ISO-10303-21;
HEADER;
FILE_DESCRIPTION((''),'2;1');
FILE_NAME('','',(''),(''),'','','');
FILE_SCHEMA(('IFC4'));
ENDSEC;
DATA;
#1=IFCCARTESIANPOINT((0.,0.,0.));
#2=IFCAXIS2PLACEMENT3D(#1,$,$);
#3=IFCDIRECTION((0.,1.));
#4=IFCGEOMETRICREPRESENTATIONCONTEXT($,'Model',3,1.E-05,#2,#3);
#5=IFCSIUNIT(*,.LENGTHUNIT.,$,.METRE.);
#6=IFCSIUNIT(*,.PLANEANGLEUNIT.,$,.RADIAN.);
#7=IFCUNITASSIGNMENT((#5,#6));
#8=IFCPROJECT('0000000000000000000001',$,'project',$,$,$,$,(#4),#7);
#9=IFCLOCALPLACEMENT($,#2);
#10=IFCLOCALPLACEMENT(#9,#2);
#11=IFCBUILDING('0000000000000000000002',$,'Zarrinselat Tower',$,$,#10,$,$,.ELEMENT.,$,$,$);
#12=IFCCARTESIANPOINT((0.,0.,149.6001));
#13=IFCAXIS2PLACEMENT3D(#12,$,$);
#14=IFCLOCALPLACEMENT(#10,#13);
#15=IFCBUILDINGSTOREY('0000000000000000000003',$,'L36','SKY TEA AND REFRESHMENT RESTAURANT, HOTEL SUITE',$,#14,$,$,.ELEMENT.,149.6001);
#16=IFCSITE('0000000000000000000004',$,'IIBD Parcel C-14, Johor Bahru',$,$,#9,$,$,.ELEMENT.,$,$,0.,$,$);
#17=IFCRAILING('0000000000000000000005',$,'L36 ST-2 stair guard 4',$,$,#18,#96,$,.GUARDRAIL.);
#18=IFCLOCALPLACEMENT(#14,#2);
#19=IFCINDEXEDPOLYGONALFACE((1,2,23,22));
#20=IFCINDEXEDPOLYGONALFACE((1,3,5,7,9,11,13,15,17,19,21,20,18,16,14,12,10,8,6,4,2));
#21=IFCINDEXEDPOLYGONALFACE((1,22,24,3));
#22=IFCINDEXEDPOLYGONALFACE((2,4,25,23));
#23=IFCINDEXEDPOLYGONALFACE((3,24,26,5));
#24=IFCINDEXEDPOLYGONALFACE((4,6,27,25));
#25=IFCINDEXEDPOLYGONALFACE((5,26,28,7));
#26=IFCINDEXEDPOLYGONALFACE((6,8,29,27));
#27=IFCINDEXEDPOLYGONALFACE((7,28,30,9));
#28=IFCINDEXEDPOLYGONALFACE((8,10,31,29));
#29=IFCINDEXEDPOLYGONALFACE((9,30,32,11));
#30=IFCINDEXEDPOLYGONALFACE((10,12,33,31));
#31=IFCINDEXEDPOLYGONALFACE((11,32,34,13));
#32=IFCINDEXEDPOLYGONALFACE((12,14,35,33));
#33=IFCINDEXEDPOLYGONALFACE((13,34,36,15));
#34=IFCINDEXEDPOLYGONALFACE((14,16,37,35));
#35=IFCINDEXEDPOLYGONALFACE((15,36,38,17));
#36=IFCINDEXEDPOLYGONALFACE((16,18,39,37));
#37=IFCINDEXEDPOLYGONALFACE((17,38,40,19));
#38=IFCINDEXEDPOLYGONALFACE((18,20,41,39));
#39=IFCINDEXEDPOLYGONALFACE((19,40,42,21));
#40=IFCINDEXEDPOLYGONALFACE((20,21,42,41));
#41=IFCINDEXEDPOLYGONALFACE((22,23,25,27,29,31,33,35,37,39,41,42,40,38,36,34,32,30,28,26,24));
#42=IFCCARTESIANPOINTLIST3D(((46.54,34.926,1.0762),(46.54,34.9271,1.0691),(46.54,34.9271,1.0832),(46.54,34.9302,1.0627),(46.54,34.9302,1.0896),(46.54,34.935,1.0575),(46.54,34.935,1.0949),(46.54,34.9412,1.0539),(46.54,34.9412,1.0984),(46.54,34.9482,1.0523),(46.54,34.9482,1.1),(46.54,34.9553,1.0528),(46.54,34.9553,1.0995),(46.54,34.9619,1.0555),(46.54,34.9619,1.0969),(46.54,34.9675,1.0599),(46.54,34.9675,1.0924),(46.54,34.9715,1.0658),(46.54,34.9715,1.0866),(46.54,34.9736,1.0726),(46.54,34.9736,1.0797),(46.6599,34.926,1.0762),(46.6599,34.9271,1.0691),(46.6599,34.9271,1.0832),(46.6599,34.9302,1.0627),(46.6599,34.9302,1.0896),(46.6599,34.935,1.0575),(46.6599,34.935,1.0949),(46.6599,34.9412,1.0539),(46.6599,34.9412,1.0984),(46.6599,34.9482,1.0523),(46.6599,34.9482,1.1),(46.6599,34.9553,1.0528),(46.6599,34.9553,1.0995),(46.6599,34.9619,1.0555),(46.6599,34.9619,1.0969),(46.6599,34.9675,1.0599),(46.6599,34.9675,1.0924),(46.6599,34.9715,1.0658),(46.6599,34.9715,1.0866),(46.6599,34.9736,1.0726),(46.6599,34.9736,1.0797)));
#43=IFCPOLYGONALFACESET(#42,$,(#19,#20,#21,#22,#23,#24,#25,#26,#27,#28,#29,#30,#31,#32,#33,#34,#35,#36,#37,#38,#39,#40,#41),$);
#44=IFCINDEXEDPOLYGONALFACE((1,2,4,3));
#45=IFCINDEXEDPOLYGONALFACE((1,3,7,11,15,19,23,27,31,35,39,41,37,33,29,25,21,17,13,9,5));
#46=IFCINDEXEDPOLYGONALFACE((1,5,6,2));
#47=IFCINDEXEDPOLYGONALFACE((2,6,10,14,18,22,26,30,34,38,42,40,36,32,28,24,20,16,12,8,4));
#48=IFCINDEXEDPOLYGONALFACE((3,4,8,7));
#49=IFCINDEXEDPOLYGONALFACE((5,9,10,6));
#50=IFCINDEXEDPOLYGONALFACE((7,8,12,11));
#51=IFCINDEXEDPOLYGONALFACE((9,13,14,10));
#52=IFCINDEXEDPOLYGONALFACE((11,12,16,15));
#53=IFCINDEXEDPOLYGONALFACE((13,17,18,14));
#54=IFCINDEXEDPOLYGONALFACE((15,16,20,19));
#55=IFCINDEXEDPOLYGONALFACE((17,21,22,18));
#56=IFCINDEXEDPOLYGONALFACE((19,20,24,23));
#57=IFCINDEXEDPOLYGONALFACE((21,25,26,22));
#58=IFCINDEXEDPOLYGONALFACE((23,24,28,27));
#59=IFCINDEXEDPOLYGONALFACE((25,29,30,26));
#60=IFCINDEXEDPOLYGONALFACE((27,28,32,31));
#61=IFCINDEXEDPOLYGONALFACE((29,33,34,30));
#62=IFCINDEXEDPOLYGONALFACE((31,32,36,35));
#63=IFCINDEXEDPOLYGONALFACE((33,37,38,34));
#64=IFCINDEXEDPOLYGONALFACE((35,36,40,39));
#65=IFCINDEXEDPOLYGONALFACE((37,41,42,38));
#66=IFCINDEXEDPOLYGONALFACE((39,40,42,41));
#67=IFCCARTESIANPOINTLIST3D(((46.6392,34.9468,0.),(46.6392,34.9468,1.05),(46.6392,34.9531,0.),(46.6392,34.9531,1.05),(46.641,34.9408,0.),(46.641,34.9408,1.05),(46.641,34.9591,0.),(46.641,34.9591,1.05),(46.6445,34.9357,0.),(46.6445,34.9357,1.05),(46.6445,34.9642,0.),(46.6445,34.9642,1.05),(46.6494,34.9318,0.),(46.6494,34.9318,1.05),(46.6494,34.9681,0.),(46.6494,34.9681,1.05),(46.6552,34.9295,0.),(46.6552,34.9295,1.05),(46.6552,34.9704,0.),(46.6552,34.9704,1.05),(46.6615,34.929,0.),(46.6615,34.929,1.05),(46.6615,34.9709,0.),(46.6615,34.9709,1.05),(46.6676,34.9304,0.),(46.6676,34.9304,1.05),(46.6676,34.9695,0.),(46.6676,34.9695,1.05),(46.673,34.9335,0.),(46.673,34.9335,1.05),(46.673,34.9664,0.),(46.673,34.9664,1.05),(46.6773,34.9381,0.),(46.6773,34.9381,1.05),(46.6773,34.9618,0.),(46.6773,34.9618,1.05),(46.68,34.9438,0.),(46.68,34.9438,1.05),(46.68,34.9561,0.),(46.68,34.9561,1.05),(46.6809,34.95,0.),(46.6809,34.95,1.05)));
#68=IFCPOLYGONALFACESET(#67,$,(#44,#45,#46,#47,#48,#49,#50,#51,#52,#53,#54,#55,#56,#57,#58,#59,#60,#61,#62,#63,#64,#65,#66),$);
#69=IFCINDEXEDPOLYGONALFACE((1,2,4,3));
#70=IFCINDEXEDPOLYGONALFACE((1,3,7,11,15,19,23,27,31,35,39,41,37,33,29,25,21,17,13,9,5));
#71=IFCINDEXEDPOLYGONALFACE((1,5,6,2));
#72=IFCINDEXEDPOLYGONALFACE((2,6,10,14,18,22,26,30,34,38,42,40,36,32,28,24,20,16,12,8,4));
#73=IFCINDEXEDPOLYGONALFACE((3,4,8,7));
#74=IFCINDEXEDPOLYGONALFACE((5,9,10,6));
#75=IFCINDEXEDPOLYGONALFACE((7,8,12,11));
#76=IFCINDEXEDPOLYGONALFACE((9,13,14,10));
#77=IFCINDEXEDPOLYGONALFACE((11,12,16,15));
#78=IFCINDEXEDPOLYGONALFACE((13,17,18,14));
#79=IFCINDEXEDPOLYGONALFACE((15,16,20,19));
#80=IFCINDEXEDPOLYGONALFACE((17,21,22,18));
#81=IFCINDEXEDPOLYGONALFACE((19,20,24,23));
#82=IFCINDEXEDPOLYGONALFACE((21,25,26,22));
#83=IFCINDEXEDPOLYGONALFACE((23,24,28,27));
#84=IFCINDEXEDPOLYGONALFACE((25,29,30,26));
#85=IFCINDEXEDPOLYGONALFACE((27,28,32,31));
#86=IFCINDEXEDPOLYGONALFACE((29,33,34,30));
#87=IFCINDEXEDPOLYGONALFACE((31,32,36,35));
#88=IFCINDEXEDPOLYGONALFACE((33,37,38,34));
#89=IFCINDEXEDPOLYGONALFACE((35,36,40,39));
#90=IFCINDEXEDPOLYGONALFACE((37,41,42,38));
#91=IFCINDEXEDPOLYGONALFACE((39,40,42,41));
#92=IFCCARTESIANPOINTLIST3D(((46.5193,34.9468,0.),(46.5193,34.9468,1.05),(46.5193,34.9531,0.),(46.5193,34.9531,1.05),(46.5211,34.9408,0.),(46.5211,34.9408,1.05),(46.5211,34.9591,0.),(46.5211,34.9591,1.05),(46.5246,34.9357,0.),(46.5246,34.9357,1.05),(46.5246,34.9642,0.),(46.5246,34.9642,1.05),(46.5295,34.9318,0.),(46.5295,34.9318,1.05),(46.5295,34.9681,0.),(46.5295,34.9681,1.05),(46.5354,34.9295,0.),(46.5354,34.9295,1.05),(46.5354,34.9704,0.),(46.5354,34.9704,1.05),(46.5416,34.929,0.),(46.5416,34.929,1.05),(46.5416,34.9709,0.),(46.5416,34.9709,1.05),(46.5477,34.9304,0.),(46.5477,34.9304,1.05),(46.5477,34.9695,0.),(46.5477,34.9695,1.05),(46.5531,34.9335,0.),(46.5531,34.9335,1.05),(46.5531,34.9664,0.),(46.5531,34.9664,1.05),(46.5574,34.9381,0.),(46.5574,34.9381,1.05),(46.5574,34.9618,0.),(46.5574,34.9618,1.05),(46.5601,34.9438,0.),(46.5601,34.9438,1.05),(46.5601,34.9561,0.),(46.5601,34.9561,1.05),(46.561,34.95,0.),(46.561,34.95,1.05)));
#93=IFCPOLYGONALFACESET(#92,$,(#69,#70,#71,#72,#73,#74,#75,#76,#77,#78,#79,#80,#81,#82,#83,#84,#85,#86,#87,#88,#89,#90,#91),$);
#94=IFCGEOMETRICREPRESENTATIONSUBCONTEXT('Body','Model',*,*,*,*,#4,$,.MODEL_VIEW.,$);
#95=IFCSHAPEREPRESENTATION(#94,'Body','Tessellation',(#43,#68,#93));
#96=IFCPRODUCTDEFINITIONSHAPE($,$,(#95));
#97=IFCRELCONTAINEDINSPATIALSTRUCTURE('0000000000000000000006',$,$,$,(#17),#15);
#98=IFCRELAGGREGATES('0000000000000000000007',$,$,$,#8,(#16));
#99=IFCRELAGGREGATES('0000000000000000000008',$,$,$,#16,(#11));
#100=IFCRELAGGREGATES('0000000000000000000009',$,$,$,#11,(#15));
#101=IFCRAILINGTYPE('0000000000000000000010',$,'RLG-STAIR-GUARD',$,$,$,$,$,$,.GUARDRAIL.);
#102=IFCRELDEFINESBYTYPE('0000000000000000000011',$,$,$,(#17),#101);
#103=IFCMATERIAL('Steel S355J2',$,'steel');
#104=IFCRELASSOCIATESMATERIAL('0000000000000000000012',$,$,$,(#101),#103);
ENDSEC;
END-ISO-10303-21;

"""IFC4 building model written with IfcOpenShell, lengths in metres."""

from ifc_helpers import new_model, si_unit, direction, frame, origin, origin_2d, place, context, subcontext, project, spatial, circle, extrude, material, type_object, element, save


model = new_model("IFC4")

# Units and contexts
model_context = context("Model", 3, precision=1e-05, world=origin(), true_north=direction((0.0, 1.0)))
body_context = subcontext(model_context, "Body", "Model", "MODEL_VIEW")
ifc_project = project(units=[si_unit("LENGTHUNIT", "METRE"), si_unit("PLANEANGLEUNIT", "RADIAN")], contexts=[model_context])

# Site, building, storey
site_placement = place(None, origin())
site = spatial("IfcSite", under=ifc_project, at=site_placement, Name="IIBD Parcel C-14, Johor Bahru", CompositionType="ELEMENT", RefElevation=0.0)
building_placement = place(site_placement, origin())
building = spatial("IfcBuilding", under=site, at=building_placement, Name="Zarrinselat Tower", CompositionType="ELEMENT")
storey_placement = place(building_placement, frame((0.0, 0.0, 149.6001)))
storey = spatial("IfcBuildingStorey", under=building, at=storey_placement, Name="L36", Description="SKY TEA AND REFRESHMENT RESTAURANT, HOTEL SUITE", CompositionType="ELEMENT", Elevation=149.6001)

# Railing
ifc_material_1 = material(Name="Steel S355J2", Category="steel")
railing_type_1 = type_object("IfcRailingType", Name="RLG-STAIR-GUARD", PredefinedType="GUARDRAIL", material=ifc_material_1)
railing_1_placement = place(storey_placement, frame((46.6599, 34.95, 0.0)))
element("IfcRailing", 1, at=railing_1_placement, inside=storey, type_object=railing_type_1, Name="L36 ST-2 stair guard 4", PredefinedType="GUARDRAIL", context=body_context, shape_type="SweptSolid", body=[
    extrude(circle(Radius=0.0239, at=origin_2d()), frame((0.0, 0.0, 1.0762), z_axis=(-1.0, 0.0, 0.0), x_axis=(0.0, -1.0, 0.0)), (0.0, 0.0, 1.0), 0.1199),
    extrude(circle(Radius=0.021, at=origin_2d()), origin(), (0.0, 0.0, 1.0), 1.05),
    extrude(circle(Radius=0.021, at=origin_2d()), frame((-0.1199, 0.0, 0.0)), (0.0, 0.0, 1.0), 1.05),
])

save(model, "model.ifc")
